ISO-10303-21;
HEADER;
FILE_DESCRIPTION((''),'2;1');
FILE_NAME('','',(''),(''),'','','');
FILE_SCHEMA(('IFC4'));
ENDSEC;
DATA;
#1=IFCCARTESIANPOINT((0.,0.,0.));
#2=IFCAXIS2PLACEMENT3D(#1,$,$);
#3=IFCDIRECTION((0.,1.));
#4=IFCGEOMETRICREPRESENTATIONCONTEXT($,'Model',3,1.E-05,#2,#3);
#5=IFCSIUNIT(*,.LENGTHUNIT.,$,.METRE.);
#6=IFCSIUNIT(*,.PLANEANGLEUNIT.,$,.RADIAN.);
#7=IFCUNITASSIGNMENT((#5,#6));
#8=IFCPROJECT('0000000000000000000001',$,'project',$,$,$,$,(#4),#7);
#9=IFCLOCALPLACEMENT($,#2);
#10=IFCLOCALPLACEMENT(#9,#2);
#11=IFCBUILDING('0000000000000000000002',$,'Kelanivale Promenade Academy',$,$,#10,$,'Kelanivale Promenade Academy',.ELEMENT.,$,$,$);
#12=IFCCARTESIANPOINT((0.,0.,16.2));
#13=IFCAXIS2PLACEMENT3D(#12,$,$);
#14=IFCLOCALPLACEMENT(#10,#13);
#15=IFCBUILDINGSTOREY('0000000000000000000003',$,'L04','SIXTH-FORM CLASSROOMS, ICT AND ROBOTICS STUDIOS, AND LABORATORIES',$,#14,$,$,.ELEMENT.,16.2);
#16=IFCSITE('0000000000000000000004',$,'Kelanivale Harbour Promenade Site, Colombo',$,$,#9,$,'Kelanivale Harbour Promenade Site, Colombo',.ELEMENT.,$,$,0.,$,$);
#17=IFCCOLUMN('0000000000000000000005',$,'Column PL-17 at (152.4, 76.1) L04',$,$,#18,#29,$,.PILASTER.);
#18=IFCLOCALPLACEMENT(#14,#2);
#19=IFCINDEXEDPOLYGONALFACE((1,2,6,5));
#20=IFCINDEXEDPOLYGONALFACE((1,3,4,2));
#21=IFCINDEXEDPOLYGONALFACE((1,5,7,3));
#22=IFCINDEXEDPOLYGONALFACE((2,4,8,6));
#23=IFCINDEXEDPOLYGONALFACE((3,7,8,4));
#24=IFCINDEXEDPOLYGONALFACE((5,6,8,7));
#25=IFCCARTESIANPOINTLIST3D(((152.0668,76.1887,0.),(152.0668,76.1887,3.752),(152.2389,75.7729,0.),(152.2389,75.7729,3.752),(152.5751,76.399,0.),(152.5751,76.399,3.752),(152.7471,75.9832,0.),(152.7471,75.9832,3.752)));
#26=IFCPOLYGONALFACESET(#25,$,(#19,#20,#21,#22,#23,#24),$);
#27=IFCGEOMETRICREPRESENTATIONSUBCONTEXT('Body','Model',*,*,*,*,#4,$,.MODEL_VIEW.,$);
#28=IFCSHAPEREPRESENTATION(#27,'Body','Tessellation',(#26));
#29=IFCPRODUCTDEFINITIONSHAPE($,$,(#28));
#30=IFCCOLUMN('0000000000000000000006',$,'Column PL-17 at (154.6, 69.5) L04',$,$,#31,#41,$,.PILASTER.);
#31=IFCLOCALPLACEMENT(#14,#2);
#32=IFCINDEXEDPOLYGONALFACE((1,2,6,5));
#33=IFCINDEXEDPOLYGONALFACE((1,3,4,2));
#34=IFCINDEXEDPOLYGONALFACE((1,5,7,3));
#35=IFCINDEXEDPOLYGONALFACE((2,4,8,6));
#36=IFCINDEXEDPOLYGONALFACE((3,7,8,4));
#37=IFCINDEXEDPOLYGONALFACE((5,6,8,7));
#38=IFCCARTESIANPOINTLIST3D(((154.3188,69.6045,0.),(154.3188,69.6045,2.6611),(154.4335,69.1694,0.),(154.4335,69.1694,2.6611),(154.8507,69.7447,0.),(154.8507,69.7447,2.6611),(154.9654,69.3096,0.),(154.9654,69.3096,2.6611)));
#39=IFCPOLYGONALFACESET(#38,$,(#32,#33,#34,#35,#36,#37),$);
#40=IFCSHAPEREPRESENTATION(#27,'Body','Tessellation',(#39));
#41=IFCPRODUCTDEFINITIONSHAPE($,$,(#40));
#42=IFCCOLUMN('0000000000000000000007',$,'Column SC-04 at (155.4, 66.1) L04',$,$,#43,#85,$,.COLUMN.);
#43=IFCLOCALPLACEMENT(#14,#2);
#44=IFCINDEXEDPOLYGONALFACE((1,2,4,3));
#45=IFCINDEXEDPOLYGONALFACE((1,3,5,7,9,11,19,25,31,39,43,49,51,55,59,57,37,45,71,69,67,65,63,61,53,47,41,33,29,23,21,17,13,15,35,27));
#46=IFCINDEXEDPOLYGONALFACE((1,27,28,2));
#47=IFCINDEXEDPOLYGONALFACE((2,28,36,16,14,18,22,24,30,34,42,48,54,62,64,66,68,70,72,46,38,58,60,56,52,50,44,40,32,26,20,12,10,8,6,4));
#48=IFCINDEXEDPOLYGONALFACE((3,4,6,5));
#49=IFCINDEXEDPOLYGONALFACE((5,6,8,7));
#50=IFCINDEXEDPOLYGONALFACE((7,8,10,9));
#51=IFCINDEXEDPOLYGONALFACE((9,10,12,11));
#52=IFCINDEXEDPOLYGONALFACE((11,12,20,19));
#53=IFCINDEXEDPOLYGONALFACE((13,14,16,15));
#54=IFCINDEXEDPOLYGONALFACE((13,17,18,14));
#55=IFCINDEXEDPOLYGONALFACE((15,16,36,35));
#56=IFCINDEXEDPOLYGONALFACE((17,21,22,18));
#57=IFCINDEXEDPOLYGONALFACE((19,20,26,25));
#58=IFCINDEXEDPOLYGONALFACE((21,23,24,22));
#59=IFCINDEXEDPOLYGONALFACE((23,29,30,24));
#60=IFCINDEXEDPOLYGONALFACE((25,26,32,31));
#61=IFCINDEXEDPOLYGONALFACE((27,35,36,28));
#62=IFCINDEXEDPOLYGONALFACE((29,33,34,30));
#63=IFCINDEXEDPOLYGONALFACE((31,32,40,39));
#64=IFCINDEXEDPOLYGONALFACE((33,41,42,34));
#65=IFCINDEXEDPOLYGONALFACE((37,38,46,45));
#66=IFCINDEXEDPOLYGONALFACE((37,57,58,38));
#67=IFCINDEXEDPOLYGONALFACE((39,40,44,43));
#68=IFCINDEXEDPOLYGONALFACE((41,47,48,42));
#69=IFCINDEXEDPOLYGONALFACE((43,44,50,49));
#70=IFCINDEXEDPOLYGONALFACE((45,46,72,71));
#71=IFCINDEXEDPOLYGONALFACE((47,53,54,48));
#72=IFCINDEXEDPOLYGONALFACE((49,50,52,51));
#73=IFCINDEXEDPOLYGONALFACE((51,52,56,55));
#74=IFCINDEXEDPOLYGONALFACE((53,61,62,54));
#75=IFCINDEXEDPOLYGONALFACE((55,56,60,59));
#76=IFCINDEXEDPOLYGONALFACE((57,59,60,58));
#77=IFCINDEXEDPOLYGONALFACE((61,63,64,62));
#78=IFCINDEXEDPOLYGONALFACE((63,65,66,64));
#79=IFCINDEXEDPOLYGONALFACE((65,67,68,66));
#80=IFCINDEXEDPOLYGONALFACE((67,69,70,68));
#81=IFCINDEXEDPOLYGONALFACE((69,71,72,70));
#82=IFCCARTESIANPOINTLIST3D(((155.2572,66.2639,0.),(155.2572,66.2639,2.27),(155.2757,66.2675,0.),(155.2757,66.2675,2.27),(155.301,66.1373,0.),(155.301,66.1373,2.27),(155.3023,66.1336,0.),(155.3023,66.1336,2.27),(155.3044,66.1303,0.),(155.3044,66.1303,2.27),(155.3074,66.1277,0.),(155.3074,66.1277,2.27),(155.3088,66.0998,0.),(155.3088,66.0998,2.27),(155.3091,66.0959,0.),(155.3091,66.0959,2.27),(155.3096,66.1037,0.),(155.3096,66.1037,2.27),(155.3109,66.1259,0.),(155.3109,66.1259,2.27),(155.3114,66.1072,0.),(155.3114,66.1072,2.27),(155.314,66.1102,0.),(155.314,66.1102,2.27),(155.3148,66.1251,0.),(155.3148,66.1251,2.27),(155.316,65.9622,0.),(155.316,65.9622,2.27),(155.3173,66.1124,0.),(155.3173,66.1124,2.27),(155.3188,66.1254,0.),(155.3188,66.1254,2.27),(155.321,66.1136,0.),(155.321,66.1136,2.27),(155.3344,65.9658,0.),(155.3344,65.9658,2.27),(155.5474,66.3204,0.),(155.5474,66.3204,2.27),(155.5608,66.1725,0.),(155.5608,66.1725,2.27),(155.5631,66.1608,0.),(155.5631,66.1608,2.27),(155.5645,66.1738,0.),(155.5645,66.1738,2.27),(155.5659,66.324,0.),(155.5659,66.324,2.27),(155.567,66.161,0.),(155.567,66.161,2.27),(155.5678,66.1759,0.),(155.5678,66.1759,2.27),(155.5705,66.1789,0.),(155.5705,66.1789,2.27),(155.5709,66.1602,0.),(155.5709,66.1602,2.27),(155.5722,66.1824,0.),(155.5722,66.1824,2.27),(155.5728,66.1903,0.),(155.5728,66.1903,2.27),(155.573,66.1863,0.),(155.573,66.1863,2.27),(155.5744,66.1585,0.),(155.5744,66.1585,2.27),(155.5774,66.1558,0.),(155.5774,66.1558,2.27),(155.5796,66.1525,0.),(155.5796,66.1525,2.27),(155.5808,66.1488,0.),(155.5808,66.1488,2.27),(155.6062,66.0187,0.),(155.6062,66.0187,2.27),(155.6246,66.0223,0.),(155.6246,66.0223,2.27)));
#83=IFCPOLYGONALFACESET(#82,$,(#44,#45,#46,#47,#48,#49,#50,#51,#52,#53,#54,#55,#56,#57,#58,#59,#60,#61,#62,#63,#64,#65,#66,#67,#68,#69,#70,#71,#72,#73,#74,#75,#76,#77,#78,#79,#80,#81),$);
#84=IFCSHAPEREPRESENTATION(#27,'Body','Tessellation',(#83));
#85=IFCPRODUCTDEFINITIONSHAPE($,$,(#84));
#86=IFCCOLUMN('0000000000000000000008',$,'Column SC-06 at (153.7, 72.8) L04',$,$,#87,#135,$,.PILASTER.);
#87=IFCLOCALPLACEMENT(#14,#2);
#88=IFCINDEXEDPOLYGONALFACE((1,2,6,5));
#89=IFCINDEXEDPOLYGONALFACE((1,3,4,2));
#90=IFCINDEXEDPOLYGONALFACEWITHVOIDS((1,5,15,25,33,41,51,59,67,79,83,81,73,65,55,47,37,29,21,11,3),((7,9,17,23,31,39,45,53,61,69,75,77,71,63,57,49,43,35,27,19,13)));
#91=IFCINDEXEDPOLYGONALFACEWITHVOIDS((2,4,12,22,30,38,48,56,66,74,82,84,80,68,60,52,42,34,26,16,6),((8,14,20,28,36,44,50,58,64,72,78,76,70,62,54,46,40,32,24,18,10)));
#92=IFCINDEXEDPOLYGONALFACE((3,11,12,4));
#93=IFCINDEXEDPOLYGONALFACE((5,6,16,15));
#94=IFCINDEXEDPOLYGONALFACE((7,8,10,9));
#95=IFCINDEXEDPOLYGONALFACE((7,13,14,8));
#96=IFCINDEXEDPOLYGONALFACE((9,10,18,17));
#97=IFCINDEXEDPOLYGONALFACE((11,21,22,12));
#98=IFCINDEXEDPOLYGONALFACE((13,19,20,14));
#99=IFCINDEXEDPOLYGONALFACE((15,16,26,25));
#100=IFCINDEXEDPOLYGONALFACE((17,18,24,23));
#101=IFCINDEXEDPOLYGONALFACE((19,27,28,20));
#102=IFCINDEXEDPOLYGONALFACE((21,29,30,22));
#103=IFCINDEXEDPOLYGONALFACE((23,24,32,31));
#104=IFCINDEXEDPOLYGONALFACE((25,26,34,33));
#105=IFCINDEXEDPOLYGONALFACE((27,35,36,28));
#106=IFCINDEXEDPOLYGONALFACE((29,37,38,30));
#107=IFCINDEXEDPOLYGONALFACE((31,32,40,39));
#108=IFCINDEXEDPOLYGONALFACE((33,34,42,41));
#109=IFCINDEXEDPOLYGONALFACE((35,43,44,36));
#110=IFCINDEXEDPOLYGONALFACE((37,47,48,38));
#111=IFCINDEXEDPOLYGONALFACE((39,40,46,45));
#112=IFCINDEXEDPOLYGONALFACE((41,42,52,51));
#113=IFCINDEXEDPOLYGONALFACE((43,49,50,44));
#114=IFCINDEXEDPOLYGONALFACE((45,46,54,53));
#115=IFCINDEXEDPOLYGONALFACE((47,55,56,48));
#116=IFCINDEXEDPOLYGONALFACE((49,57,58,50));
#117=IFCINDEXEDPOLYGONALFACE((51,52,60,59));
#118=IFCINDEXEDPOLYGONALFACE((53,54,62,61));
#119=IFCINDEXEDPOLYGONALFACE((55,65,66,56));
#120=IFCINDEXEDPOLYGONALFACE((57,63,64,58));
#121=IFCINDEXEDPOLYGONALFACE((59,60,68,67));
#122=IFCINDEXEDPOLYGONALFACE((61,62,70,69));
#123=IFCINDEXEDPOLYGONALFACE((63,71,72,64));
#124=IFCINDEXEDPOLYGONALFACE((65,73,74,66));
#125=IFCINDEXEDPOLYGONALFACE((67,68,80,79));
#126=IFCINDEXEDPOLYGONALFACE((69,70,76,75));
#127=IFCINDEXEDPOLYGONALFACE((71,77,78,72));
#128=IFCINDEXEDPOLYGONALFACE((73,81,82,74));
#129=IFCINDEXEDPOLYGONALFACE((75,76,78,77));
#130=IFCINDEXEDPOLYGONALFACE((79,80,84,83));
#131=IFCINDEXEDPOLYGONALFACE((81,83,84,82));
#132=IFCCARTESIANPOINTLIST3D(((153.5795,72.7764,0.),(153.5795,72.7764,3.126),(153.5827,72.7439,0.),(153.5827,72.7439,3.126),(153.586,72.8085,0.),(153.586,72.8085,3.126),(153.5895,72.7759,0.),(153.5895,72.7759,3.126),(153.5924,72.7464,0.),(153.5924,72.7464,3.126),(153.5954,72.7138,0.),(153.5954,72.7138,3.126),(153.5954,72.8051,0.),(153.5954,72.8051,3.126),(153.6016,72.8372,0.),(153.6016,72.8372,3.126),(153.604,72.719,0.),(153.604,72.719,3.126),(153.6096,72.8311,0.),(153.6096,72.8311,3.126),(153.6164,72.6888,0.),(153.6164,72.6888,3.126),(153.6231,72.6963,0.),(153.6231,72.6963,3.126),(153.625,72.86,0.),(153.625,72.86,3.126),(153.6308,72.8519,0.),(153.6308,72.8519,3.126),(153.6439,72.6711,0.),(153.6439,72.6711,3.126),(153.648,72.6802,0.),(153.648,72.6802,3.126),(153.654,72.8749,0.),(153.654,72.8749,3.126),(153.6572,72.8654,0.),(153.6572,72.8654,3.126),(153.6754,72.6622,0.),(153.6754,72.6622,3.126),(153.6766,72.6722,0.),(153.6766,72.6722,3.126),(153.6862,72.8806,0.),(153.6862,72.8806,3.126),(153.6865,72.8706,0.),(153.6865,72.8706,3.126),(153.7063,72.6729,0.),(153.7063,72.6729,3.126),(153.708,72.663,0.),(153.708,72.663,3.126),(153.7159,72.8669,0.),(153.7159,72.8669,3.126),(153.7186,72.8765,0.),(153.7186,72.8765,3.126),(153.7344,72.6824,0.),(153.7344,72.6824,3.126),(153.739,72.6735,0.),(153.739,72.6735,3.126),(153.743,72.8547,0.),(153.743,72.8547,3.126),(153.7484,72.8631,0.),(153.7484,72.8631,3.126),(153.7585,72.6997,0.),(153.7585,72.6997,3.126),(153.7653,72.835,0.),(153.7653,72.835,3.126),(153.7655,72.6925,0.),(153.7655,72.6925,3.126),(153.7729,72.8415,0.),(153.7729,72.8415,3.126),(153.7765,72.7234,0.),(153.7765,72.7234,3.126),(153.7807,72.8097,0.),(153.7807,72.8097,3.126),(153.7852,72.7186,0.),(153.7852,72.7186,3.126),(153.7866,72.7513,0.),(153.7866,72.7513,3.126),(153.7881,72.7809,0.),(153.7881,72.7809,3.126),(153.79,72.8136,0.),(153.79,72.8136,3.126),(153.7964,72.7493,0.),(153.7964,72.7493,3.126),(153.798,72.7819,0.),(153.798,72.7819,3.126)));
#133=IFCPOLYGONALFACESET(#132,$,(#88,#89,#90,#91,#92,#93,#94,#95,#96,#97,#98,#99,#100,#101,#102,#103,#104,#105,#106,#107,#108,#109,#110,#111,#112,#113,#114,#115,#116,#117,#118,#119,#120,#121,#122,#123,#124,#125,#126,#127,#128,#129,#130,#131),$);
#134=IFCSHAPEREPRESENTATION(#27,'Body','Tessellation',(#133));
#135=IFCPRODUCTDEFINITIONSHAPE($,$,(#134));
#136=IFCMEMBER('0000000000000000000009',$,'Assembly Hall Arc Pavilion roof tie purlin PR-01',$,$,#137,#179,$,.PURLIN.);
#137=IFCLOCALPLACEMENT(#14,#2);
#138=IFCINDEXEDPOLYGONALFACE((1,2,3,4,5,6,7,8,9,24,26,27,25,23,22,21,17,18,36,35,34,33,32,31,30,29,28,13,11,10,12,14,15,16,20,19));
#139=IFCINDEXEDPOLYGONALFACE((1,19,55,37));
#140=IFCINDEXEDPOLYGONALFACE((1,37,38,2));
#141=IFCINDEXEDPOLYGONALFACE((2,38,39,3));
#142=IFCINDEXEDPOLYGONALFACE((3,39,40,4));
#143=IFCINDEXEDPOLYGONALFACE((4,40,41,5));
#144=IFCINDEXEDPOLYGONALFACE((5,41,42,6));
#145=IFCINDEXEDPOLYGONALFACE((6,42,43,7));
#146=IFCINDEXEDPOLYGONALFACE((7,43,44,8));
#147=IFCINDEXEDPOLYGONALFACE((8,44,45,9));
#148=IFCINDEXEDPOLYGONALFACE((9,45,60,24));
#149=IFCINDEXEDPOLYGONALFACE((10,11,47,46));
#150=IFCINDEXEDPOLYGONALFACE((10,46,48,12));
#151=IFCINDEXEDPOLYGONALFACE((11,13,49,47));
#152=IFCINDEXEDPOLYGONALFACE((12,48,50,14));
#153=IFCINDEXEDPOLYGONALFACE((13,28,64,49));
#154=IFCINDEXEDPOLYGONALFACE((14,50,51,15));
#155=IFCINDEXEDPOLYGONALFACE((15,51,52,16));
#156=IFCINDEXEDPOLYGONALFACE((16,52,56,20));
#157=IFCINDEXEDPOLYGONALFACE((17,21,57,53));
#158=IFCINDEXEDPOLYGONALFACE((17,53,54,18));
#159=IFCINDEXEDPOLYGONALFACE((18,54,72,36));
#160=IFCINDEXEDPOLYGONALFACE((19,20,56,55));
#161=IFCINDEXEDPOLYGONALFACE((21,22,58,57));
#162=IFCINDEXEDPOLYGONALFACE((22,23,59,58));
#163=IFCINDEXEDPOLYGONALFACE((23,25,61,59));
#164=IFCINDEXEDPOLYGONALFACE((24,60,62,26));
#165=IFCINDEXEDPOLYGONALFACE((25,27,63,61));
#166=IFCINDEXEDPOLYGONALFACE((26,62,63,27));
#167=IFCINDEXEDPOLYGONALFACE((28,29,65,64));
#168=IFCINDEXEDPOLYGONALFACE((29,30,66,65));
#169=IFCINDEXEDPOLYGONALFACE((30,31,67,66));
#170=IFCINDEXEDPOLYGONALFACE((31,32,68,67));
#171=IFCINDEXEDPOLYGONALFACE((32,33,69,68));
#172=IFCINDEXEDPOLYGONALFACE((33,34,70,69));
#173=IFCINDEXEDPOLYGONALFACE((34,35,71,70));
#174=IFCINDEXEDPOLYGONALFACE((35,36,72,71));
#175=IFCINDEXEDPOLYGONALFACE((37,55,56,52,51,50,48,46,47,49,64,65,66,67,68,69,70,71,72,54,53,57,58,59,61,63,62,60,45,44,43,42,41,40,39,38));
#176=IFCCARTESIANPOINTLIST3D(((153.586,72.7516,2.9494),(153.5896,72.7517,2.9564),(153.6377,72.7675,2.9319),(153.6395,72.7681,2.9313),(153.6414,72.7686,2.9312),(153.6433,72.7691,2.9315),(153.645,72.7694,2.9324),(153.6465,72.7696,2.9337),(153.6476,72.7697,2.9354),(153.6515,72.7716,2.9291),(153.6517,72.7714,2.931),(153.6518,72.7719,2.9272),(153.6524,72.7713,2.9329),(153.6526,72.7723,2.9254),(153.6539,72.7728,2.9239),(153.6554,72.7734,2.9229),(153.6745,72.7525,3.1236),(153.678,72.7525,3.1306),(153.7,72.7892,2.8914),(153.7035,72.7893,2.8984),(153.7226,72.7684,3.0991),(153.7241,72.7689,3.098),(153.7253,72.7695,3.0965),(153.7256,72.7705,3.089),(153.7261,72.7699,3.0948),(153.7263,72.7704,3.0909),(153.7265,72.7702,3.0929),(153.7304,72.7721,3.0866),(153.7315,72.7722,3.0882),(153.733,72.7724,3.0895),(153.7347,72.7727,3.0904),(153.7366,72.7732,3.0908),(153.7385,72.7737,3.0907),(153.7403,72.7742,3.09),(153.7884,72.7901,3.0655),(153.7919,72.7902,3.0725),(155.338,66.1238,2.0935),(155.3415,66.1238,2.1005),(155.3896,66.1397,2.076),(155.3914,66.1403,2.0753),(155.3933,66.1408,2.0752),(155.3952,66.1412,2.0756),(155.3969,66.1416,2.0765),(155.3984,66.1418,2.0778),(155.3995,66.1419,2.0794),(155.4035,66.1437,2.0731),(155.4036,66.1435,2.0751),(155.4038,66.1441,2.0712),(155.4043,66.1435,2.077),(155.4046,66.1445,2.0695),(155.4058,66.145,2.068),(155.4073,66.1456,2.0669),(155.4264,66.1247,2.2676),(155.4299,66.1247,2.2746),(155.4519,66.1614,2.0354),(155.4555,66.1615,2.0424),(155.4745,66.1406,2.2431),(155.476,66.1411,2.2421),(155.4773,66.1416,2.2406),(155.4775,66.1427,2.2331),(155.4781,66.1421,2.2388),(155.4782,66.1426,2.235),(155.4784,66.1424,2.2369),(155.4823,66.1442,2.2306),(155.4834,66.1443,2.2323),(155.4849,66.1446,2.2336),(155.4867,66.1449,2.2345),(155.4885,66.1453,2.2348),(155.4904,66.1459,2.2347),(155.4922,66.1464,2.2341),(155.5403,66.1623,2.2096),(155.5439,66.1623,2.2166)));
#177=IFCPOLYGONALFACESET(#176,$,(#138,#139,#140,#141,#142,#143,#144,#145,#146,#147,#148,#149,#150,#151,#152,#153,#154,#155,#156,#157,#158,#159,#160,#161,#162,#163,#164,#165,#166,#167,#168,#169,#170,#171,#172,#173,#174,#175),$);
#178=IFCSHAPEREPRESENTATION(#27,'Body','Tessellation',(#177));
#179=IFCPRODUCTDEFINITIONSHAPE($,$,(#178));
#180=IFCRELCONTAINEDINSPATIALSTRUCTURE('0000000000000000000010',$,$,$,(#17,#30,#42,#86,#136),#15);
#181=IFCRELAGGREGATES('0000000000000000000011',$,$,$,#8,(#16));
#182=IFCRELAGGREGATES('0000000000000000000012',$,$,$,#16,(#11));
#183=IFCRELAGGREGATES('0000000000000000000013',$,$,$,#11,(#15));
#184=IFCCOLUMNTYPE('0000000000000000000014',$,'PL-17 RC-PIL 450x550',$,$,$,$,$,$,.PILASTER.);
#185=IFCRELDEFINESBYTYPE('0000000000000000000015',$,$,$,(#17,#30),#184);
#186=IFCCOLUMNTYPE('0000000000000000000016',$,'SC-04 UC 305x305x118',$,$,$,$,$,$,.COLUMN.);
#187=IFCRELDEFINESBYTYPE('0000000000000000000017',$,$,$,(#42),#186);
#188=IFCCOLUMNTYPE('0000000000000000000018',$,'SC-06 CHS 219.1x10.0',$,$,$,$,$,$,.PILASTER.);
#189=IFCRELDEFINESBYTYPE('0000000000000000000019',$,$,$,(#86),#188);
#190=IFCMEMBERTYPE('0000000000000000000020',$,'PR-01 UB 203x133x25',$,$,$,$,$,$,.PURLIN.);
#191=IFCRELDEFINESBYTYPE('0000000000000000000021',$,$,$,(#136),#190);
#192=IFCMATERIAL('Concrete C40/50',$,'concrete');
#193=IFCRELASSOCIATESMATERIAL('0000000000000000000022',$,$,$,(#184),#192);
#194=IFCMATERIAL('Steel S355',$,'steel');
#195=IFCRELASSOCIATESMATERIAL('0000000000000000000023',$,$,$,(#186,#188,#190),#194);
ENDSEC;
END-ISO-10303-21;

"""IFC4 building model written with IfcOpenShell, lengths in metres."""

from ifc_helpers import new_model, si_unit, direction, frame, origin, origin_2d, place, context, subcontext, project, spatial, rectangle, hollow_circle, i_section, extrude, material, material_profile, profile_set, type_object, element, save


model = new_model("IFC4")

# Units and contexts
model_context = context("Model", 3, precision=1e-05, world=origin(), true_north=direction((0.0, 1.0)))
body_context = subcontext(model_context, "Body", "Model", "MODEL_VIEW")
ifc_project = project(units=[si_unit("LENGTHUNIT", "METRE"), si_unit("PLANEANGLEUNIT", "RADIAN")], contexts=[model_context])

# Site, building, storey
site_placement = place(None, origin())
site = spatial("IfcSite", under=ifc_project, at=site_placement, Name="Kelanivale Harbour Promenade Site, Colombo", LongName="Kelanivale Harbour Promenade Site, Colombo", CompositionType="ELEMENT", RefElevation=0.0)
building_placement = place(site_placement, origin())
building = spatial("IfcBuilding", under=site, at=building_placement, Name="Kelanivale Promenade Academy", LongName="Kelanivale Promenade Academy", CompositionType="ELEMENT")
storey_placement = place(building_placement, frame((0.0, 0.0, 16.2)))
storey = spatial("IfcBuildingStorey", under=building, at=storey_placement, Name="L04", Description="SIXTH-FORM CLASSROOMS, ICT AND ROBOTICS STUDIOS, AND LABORATORIES", CompositionType="ELEMENT", Elevation=16.2)

# Columns
ifc_material_1 = material(Name="Concrete C40/50", Category="concrete")
ifc_material_profile_1 = material_profile(ifc_material_1, rectangle(XDim=0.45, YDim=0.55, at=origin_2d()), Name="RC-PIL 450x550")
ifc_profile_set_1 = profile_set([ifc_material_profile_1], Name="Concrete C40/50")
column_type_1 = type_object("IfcColumnType", Name="PL-17 RC-PIL 450x550", PredefinedType="PILASTER", material=ifc_profile_set_1)
column_1_placement = place(storey_placement, frame((152.407, 76.0859, 0.0), z_axis=(0.0, 0.0, 1.0), x_axis=(-0.382361, 0.924013, 0.0)))
element("IfcColumn", 1, at=column_1_placement, inside=storey, type_object=column_type_1, Name="Column PL-17 at (152.4, 76.1) L04", PredefinedType="PILASTER", context=body_context, shape_type="SweptSolid", body=[
    extrude(rectangle(XDim=0.45, YDim=0.55, at=origin_2d()), origin(), (0.0, 0.0, 1.0), 3.752),
])
column_2_placement = place(storey_placement, frame((154.6421, 69.457, 0.0), z_axis=(0.0, 0.0, 1.0), x_axis=(-0.254939, 0.966957, 0.0)))
element("IfcColumn", 2, at=column_2_placement, inside=storey, type_object=column_type_1, Name="Column PL-17 at (154.6, 69.5) L04", PredefinedType="PILASTER", context=body_context, shape_type="SweptSolid", body=[
    extrude(rectangle(XDim=0.45, YDim=0.55, at=origin_2d()), origin(), (0.0, 0.0, 1.0), 2.6611),
])
ifc_material_2 = material(Name="Steel S355", Category="steel")
ifc_material_profile_2 = material_profile(ifc_material_2, i_section(OverallWidth=0.3074, OverallDepth=0.3145, WebThickness=0.012, FlangeThickness=0.0188, FilletRadius=0.0151, at=origin_2d()), Name="UC 305x305x118")
ifc_profile_set_2 = profile_set([ifc_material_profile_2], Name="Steel S355")
column_type_2 = type_object("IfcColumnType", Name="SC-04 UC 305x305x118", PredefinedType="COLUMN", material=ifc_profile_set_2)
column_3_placement = place(storey_placement, frame((155.4409, 66.1431, 0.0), z_axis=(0.0, 0.0, 1.0), x_axis=(-0.191152, 0.981561, 0.0)))
element("IfcColumn", 3, at=column_3_placement, inside=storey, type_object=column_type_2, Name="Column SC-04 at (155.4, 66.1) L04", PredefinedType="COLUMN", context=body_context, shape_type="SweptSolid", body=[
    extrude(i_section(OverallWidth=0.3074, OverallDepth=0.3145, WebThickness=0.012, FlangeThickness=0.0188, FilletRadius=0.0151, at=origin_2d()), origin(), (0.0, 0.0, 1.0), 2.27),
])
ifc_material_profile_3 = material_profile(ifc_material_2, hollow_circle(Radius=0.1096, WallThickness=0.01, at=origin_2d()), Name="CHS 219.1x10.0")
ifc_profile_set_3 = profile_set([ifc_material_profile_3], Name="Steel S355")
column_type_3 = type_object("IfcColumnType", Name="SC-06 CHS 219.1x10.0", PredefinedType="PILASTER", material=ifc_profile_set_3)
column_4_placement = place(storey_placement, frame((153.689, 72.771, 0.0), z_axis=(0.0, 0.0, 1.0), x_axis=(-0.318628, 0.94788, 0.0)))
element("IfcColumn", 4, at=column_4_placement, inside=storey, type_object=column_type_3, Name="Column SC-06 at (153.7, 72.8) L04", PredefinedType="PILASTER", context=body_context, shape_type="SweptSolid", body=[
    extrude(hollow_circle(Radius=0.1096, WallThickness=0.01, at=origin_2d()), origin(), (0.0, 0.0, 1.0), 3.126),
])

# Member
ifc_material_profile_4 = material_profile(ifc_material_2, i_section(OverallWidth=0.1333, OverallDepth=0.2031, WebThickness=0.0056, FlangeThickness=0.0078, FilletRadius=0.0076, at=origin_2d()), Name="UB 203x133x25")
ifc_profile_set_4 = profile_set([ifc_material_profile_4], Name="Steel S355")
member_type_1 = type_object("IfcMemberType", Name="PR-01 UB 203x133x25", PredefinedType="PURLIN", material=ifc_profile_set_4)
member_1_placement = place(storey_placement, frame((155.4409, 66.1431, 2.155), z_axis=(-0.253583, 0.959347, 0.123894), x_axis=(-0.854834, -0.282194, 0.435461)))
element("IfcMember", 5, at=member_1_placement, inside=storey, type_object=member_type_1, Name="Assembly Hall Arc Pavilion roof tie purlin PR-01", PredefinedType="PURLIN", context=body_context, shape_type="SweptSolid", body=[
    extrude(i_section(OverallWidth=0.1333, OverallDepth=0.2031, WebThickness=0.0056, FlangeThickness=0.0078, FilletRadius=0.0076, at=origin_2d()), origin(), (0.0, 0.0, 1.0), 6.9087),
])

save(model, "model.ifc")
